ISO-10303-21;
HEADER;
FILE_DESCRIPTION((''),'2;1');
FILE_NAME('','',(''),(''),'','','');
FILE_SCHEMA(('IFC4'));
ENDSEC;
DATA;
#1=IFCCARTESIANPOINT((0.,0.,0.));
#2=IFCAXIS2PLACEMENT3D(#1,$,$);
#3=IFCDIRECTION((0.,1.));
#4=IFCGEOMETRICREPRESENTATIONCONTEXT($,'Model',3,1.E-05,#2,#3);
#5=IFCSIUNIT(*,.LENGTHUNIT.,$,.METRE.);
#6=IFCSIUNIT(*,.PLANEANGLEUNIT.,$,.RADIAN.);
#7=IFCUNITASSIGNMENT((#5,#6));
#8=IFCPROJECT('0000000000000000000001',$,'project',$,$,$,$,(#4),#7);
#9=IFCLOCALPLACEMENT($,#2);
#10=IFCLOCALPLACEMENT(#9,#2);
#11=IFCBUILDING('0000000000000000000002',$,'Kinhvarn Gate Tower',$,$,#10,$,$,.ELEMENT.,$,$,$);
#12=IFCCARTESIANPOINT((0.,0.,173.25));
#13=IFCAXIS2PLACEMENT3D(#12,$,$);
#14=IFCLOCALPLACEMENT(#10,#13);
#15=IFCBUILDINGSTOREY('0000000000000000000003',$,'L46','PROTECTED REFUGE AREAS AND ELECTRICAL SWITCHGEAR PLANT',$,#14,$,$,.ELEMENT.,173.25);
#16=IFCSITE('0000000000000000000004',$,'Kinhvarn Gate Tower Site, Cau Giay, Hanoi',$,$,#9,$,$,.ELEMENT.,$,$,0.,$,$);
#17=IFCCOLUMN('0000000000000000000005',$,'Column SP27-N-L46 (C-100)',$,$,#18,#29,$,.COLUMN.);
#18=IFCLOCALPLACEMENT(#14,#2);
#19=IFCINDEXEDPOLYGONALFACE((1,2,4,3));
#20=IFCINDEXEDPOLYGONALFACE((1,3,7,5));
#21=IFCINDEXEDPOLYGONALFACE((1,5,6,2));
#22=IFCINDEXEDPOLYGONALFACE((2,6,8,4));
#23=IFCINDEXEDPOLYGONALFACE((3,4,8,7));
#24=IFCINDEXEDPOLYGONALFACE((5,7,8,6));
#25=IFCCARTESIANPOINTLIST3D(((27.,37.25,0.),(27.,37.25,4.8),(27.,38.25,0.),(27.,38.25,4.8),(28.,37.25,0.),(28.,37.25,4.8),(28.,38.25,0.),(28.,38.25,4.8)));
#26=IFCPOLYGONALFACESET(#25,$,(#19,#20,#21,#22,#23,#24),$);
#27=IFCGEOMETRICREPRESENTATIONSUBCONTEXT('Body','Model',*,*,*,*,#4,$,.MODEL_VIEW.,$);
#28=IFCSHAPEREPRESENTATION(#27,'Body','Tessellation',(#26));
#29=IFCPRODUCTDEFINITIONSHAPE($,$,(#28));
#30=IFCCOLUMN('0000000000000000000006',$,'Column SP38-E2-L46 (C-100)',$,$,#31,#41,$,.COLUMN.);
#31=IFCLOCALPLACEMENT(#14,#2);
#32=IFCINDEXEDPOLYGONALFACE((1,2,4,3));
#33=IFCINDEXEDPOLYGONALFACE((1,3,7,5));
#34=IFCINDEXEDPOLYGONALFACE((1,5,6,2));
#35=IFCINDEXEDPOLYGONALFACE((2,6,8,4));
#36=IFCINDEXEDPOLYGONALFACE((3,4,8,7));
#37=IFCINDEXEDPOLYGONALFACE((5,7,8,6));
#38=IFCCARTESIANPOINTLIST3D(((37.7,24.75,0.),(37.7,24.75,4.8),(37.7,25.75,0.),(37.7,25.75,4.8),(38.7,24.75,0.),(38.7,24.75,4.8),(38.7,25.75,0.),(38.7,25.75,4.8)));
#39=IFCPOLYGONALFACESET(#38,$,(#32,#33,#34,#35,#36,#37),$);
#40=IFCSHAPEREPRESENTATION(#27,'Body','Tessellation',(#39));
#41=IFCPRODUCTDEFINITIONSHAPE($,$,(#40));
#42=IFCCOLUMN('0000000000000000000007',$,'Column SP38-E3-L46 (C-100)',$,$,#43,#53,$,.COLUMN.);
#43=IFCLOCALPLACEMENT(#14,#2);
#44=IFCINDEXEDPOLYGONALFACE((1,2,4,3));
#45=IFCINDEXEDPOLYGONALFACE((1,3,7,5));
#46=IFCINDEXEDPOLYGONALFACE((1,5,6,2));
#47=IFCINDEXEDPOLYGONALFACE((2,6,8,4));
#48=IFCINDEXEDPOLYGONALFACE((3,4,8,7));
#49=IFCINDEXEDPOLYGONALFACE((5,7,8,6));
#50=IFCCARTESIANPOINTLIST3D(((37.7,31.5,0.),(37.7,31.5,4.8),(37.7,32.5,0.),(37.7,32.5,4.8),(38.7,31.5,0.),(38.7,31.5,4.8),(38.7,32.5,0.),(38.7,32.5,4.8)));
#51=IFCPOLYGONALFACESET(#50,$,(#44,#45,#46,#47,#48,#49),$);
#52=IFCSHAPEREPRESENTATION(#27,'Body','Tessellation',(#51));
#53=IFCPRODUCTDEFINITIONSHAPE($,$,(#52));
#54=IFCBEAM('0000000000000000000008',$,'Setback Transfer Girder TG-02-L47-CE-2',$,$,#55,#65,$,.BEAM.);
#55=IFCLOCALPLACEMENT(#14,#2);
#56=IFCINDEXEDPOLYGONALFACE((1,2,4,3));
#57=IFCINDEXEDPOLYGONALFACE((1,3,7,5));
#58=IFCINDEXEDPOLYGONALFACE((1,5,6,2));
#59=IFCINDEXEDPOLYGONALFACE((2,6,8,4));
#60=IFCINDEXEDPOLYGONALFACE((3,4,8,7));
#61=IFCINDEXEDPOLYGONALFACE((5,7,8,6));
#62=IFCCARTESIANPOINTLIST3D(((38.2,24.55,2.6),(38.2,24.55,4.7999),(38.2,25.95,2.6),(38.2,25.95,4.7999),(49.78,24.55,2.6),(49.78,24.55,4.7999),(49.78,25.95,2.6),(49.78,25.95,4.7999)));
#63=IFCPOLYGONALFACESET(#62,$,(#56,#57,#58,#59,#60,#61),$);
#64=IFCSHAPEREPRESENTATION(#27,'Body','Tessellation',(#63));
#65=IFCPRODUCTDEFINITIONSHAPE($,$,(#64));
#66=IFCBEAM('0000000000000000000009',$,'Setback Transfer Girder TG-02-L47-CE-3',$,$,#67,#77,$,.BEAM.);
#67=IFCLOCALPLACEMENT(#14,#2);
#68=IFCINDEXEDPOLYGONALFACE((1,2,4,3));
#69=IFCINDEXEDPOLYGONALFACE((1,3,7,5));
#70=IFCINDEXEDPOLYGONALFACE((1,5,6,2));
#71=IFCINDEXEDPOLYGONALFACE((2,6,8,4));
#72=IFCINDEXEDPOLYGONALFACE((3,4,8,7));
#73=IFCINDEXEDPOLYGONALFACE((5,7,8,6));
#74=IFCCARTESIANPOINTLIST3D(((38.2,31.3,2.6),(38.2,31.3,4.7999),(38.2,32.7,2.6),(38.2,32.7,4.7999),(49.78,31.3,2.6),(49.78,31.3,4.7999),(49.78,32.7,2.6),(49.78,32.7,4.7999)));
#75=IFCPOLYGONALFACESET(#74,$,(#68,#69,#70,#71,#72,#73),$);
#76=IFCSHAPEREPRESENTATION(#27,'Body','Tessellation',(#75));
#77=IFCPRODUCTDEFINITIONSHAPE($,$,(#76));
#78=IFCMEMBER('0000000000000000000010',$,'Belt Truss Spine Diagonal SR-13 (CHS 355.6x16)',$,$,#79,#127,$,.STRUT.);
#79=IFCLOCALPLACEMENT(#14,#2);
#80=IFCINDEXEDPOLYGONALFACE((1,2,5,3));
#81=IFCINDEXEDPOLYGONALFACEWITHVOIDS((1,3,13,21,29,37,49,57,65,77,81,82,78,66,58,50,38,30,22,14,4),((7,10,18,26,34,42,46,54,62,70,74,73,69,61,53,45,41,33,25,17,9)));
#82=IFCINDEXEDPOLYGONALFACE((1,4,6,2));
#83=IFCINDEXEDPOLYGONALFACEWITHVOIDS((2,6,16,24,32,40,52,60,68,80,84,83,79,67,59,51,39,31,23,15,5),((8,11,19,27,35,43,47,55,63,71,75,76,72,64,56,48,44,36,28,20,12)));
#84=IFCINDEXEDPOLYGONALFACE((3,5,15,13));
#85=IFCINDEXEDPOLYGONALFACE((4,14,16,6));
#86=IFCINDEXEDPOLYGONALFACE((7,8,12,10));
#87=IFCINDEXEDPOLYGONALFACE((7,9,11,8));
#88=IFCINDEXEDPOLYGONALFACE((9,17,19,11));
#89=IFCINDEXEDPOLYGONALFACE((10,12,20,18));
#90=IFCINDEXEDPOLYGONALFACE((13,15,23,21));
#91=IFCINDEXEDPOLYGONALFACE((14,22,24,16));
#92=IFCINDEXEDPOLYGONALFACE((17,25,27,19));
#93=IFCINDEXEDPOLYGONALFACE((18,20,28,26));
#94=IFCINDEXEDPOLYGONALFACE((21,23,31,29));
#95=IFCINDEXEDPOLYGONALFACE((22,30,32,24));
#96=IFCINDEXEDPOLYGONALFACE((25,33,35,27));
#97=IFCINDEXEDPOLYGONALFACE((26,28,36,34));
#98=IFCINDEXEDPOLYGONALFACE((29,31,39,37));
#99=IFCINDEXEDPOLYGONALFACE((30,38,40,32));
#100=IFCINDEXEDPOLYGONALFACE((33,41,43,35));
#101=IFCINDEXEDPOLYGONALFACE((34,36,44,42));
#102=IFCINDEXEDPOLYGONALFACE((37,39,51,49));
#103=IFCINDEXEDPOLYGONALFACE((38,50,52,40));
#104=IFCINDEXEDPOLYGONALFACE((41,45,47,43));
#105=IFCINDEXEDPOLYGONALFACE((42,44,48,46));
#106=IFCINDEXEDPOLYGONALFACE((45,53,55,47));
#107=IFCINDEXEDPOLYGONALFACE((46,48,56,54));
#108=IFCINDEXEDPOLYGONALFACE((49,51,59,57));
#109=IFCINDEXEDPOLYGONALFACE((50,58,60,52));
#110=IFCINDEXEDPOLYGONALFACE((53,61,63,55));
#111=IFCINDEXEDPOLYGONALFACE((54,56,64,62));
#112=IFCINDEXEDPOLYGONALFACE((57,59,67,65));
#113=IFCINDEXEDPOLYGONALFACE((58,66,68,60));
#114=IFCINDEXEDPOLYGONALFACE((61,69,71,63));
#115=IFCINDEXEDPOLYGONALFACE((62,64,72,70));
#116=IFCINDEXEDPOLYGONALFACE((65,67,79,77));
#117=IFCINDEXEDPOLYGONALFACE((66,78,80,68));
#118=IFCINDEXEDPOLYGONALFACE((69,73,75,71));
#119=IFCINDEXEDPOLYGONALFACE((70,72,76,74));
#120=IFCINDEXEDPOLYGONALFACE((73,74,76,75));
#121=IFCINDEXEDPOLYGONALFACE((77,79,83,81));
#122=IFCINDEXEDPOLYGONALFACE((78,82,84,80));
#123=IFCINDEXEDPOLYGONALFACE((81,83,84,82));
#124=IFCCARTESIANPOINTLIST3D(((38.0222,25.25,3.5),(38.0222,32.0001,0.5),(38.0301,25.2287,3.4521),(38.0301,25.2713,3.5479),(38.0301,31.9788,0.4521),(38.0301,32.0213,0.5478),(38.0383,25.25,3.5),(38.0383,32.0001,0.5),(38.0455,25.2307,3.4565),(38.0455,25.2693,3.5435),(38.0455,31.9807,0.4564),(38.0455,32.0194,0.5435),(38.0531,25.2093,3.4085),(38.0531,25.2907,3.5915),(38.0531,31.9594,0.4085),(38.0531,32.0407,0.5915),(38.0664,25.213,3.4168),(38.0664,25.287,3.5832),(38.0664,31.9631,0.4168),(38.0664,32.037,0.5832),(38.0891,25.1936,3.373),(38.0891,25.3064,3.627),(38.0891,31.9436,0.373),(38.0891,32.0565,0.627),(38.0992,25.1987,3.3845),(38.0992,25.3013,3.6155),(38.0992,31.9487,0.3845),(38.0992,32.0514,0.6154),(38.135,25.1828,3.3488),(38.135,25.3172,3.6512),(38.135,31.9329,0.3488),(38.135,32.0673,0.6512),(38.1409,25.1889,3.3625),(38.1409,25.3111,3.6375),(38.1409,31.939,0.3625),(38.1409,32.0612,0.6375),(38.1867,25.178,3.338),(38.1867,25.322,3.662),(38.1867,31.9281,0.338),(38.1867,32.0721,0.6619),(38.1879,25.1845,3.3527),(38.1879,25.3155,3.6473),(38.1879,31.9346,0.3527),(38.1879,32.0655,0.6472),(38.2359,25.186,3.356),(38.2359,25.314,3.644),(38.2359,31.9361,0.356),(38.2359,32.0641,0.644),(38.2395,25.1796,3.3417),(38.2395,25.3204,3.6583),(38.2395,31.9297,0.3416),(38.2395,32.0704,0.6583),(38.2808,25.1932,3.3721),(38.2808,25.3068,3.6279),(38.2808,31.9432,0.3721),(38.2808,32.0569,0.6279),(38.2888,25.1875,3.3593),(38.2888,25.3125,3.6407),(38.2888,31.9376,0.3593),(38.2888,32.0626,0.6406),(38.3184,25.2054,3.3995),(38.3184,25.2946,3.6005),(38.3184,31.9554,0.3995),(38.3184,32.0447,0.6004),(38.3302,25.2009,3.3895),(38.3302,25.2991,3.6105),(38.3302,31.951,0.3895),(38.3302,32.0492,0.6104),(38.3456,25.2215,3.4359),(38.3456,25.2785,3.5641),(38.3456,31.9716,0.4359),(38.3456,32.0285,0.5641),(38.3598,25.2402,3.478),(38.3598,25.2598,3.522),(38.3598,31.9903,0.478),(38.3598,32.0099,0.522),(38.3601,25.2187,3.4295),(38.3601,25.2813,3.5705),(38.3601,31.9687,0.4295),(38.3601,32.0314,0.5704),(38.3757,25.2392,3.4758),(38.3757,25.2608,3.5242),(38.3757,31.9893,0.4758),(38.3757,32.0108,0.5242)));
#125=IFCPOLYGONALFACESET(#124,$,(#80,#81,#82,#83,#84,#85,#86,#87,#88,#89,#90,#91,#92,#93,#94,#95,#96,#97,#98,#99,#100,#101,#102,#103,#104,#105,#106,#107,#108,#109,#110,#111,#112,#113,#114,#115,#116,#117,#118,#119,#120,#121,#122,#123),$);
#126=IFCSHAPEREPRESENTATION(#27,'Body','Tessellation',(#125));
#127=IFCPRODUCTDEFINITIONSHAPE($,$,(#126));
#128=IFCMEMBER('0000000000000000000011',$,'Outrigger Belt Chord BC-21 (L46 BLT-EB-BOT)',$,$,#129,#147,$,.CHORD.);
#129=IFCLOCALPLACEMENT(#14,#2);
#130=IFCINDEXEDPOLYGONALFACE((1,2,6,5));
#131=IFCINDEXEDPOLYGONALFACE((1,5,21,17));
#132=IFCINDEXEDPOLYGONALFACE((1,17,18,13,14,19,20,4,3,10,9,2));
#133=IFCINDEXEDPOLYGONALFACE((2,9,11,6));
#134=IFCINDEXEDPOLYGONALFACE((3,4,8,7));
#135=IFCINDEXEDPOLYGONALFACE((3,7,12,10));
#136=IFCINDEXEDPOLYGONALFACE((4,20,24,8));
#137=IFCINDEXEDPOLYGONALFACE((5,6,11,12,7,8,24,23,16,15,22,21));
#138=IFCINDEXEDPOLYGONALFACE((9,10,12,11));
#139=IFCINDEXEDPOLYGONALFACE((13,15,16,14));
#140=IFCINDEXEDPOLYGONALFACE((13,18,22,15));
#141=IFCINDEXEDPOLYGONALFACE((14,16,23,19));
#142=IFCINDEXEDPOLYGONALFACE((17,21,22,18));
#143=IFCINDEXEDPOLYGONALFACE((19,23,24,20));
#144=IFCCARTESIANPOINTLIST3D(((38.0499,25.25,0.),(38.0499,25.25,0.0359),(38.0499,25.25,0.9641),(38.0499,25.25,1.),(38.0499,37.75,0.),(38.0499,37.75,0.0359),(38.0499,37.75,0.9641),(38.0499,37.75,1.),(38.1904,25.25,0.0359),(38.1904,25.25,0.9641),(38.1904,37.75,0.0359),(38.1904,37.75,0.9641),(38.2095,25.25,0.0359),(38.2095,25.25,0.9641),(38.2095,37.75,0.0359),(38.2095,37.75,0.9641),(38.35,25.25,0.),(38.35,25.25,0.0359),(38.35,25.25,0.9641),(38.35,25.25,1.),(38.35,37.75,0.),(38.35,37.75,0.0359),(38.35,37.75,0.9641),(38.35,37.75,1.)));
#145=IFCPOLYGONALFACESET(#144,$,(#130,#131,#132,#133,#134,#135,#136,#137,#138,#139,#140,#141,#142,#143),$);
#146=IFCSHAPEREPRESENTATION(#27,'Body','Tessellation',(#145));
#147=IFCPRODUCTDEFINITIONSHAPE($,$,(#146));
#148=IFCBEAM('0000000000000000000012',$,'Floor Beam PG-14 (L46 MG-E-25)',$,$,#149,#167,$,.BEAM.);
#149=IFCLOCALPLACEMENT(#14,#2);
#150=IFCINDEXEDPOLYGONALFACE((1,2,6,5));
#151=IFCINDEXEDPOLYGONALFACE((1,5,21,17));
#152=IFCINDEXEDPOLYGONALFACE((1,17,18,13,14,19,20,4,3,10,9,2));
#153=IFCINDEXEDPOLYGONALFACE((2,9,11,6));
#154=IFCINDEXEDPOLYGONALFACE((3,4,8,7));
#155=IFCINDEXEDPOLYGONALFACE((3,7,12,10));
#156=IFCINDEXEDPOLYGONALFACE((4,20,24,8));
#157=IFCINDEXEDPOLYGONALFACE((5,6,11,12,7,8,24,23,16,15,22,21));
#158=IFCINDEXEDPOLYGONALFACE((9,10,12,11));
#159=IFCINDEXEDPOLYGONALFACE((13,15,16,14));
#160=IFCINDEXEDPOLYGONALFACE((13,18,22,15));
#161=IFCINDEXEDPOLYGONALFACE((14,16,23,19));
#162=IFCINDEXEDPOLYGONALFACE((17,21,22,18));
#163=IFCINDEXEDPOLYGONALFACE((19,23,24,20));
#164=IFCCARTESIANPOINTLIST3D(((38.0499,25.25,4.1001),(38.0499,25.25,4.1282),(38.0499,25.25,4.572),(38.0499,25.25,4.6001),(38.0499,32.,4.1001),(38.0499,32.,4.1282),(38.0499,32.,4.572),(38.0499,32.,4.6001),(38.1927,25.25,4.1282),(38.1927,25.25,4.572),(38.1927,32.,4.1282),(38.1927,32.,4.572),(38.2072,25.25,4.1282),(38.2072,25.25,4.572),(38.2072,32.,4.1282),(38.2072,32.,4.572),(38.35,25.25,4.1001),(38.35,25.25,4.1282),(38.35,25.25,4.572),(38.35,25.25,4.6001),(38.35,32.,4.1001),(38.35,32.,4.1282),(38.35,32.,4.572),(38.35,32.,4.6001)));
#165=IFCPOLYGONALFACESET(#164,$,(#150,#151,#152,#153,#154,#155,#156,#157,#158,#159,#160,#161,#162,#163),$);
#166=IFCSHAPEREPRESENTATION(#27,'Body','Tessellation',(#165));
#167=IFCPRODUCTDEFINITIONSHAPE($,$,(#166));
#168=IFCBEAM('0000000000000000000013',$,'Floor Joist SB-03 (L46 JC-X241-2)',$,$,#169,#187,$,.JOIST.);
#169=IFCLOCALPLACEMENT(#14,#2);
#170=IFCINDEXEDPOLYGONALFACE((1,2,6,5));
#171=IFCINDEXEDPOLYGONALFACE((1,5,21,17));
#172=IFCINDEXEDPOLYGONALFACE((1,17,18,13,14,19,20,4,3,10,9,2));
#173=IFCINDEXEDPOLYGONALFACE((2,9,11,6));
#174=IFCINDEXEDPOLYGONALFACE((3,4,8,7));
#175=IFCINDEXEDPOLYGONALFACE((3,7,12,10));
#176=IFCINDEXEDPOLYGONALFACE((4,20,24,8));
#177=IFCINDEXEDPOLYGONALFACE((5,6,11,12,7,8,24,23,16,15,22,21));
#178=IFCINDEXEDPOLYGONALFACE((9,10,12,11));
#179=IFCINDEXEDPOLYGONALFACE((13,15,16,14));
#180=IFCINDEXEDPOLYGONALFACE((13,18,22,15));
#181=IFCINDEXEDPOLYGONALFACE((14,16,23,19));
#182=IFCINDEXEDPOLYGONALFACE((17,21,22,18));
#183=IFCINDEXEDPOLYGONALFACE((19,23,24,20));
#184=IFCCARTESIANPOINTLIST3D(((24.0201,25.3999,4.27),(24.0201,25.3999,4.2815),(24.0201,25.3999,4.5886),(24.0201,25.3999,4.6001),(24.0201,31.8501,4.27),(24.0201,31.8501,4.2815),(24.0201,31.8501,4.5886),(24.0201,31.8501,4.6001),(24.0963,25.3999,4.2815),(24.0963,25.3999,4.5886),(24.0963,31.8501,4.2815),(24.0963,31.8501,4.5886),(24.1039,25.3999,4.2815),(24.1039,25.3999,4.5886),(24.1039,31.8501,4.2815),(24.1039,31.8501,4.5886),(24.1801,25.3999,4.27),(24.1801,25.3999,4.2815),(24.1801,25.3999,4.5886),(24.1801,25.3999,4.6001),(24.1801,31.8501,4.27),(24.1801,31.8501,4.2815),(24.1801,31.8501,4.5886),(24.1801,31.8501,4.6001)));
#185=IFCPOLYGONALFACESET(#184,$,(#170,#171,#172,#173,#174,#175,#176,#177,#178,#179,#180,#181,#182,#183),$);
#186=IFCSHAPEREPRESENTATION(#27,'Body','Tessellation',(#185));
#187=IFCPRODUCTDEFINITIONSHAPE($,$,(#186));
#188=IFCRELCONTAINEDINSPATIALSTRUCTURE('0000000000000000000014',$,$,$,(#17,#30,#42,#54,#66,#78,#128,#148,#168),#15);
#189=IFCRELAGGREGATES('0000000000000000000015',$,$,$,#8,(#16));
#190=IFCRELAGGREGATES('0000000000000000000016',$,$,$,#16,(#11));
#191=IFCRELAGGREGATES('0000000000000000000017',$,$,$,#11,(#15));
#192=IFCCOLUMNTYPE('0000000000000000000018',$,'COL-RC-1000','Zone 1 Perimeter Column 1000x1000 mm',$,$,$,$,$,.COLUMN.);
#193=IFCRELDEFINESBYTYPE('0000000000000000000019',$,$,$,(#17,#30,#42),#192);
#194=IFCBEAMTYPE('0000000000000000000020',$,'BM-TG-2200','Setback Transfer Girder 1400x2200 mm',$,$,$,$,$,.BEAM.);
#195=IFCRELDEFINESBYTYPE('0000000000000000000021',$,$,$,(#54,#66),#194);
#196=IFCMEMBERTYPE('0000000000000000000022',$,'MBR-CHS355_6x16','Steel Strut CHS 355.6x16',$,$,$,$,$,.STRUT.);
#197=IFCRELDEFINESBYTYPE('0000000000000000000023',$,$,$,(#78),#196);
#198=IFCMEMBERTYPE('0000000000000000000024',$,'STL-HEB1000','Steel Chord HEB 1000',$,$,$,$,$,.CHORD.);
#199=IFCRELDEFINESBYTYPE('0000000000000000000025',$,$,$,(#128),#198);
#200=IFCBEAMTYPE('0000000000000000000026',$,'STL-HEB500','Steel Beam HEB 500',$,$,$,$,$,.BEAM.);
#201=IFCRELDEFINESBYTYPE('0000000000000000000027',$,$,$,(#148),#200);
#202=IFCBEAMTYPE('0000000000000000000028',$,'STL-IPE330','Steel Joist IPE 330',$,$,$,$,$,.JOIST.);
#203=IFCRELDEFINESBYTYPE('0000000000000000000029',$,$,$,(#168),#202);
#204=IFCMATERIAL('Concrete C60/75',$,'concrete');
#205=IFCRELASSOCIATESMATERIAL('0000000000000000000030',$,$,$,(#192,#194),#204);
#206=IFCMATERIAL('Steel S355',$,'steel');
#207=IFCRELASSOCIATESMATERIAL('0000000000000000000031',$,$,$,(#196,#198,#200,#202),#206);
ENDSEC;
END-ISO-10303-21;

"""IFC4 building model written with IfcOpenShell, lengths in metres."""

from ifc_helpers import new_model, si_unit, direction, frame, origin, origin_2d, place, context, subcontext, project, spatial, rectangle, hollow_circle, i_section, extrude, material, material_profile, profile_set, type_object, element, save


model = new_model("IFC4")

# Units and contexts
model_context = context("Model", 3, precision=1e-05, world=origin(), true_north=direction((0.0, 1.0)))
body_context = subcontext(model_context, "Body", "Model", "MODEL_VIEW")
ifc_project = project(units=[si_unit("LENGTHUNIT", "METRE"), si_unit("PLANEANGLEUNIT", "RADIAN")], contexts=[model_context])

# Site, building, storey
site_placement = place(None, origin())
site = spatial("IfcSite", under=ifc_project, at=site_placement, Name="Kinhvarn Gate Tower Site, Cau Giay, Hanoi", CompositionType="ELEMENT", RefElevation=0.0)
building_placement = place(site_placement, origin())
building = spatial("IfcBuilding", under=site, at=building_placement, Name="Kinhvarn Gate Tower", CompositionType="ELEMENT")
storey_placement = place(building_placement, frame((0.0, 0.0, 173.25)))
storey = spatial("IfcBuildingStorey", under=building, at=storey_placement, Name="L46", Description="PROTECTED REFUGE AREAS AND ELECTRICAL SWITCHGEAR PLANT", CompositionType="ELEMENT", Elevation=173.25)

# Columns
ifc_material_1 = material(Name="Concrete C60/75", Category="concrete")
ifc_material_profile_1 = material_profile(ifc_material_1, rectangle(XDim=1.0, YDim=1.0, at=origin_2d()), Name="RC 1000x1000")
ifc_profile_set_1 = profile_set([ifc_material_profile_1], Name="Concrete C60/75")
column_type = type_object("IfcColumnType", Name="COL-RC-1000", Description="Zone 1 Perimeter Column 1000x1000 mm", PredefinedType="COLUMN", material=ifc_profile_set_1)
for number, where, z_axis, x_axis, name in (
    (1, (27.5, 37.75, 0.0), (0.0, 0.0, 1.0), (1.0, 0.0, 0.0), "Column SP27-N-L46 (C-100)"),
    (2, (38.2, 25.25, 0.0), (0.0, 0.0, 1.0), (1.0, 0.0, 0.0), "Column SP38-E2-L46 (C-100)"),
    (3, (38.2, 32.0, 0.0), (0.0, 0.0, 1.0), (1.0, 0.0, 0.0), "Column SP38-E3-L46 (C-100)"),
):
    element("IfcColumn", number, at=place(storey_placement, frame(where, z_axis=z_axis, x_axis=x_axis)), inside=storey, type_object=column_type, Name=name, PredefinedType="COLUMN", context=body_context, shape_type="SweptSolid", body=[
        extrude(rectangle(XDim=1.0, YDim=1.0, at=origin_2d()), origin(), (0.0, 0.0, 1.0), 4.8),
    ])

# Beams
ifc_material_profile_2 = material_profile(ifc_material_1, rectangle(XDim=1.3999, YDim=2.2, at=origin_2d()), Name="RC 1400x2200")
ifc_profile_set_2 = profile_set([ifc_material_profile_2], Name="Concrete C60/75")
beam_type_1 = type_object("IfcBeamType", Name="BM-TG-2200", Description="Setback Transfer Girder 1400x2200 mm", PredefinedType="BEAM", material=ifc_profile_set_2)
for number, where, z_axis, x_axis, name in (
    (4, (38.2, 25.25, 3.7), (1.0, 0.0, 0.0), (0.0, 1.0, 0.0), "Setback Transfer Girder TG-02-L47-CE-2"),
    (5, (38.2, 32.0, 3.7), (1.0, 0.0, 0.0), (0.0, 1.0, 0.0), "Setback Transfer Girder TG-02-L47-CE-3"),
):
    element("IfcBeam", number, at=place(storey_placement, frame(where, z_axis=z_axis, x_axis=x_axis)), inside=storey, type_object=beam_type_1, Name=name, PredefinedType="BEAM", context=body_context, shape_type="SweptSolid", body=[
        extrude(rectangle(XDim=1.3999, YDim=2.2, at=origin_2d()), origin(), (0.0, 0.0, 1.0), 11.5801),
    ])

# Members
ifc_material_2 = material(Name="Steel S355", Category="steel")
ifc_material_profile_3 = material_profile(ifc_material_2, hollow_circle(Radius=0.1777, WallThickness=0.0161, at=origin_2d()), Name="CHS 355.6x16")
ifc_profile_set_3 = profile_set([ifc_material_profile_3], Name="Steel S355")
member_type_1 = type_object("IfcMemberType", Name="MBR-CHS355_6x16", Description="Steel Strut CHS 355.6x16", PredefinedType="STRUT", material=ifc_profile_set_3)
member_1_placement = place(storey_placement, frame((38.2, 25.25, 3.5), z_axis=(0.0, 0.913812, -0.406138), x_axis=(-1.0, 0.0, 0.0)))
element("IfcMember", 6, at=member_1_placement, inside=storey, type_object=member_type_1, Name="Belt Truss Spine Diagonal SR-13 (CHS 355.6x16)", PredefinedType="STRUT", context=body_context, shape_type="SweptSolid", body=[
    extrude(hollow_circle(Radius=0.1777, WallThickness=0.0161, at=origin_2d()), origin(), (0.0, 0.0, 1.0), 7.3867),
])
ifc_material_profile_4 = material_profile(ifc_material_2, i_section(OverallWidth=0.3, OverallDepth=1.0, WebThickness=0.019, FlangeThickness=0.0359, at=origin_2d()), Name="HEB 1000")
ifc_profile_set_4 = profile_set([ifc_material_profile_4], Name="Steel S355")
member_type_2 = type_object("IfcMemberType", Name="STL-HEB1000", Description="Steel Chord HEB 1000", PredefinedType="CHORD", material=ifc_profile_set_4)
member_2_placement = place(storey_placement, frame((38.2, 25.25, 0.5), z_axis=(0.0, 1.0, 0.0), x_axis=(-1.0, 0.0, 0.0)))
element("IfcMember", 7, at=member_2_placement, inside=storey, type_object=member_type_2, Name="Outrigger Belt Chord BC-21 (L46 BLT-EB-BOT)", PredefinedType="CHORD", context=body_context, shape_type="SweptSolid", body=[
    extrude(i_section(OverallWidth=0.3, OverallDepth=1.0, WebThickness=0.019, FlangeThickness=0.0359, at=origin_2d()), origin(), (0.0, 0.0, 1.0), 12.5),
])

# Beams
ifc_material_profile_5 = material_profile(ifc_material_2, i_section(OverallWidth=0.3, OverallDepth=0.5, WebThickness=0.0144, FlangeThickness=0.0281, at=origin_2d()), Name="HEB 500")
ifc_profile_set_5 = profile_set([ifc_material_profile_5], Name="Steel S355")
beam_type_2 = type_object("IfcBeamType", Name="STL-HEB500", Description="Steel Beam HEB 500", PredefinedType="BEAM", material=ifc_profile_set_5)
beam_1_placement = place(storey_placement, frame((38.2, 25.25, 4.3501), z_axis=(0.0, 1.0, 0.0), x_axis=(-1.0, 0.0, 0.0)))
element("IfcBeam", 8, at=beam_1_placement, inside=storey, type_object=beam_type_2, Name="Floor Beam PG-14 (L46 MG-E-25)", PredefinedType="BEAM", context=body_context, shape_type="SweptSolid", body=[
    extrude(i_section(OverallWidth=0.3, OverallDepth=0.5, WebThickness=0.0144, FlangeThickness=0.0281, at=origin_2d()), origin(), (0.0, 0.0, 1.0), 6.75),
])
ifc_material_profile_6 = material_profile(ifc_material_2, i_section(OverallWidth=0.1599, OverallDepth=0.3301, WebThickness=0.0076, FlangeThickness=0.0115, at=origin_2d()), Name="IPE 330")
ifc_profile_set_6 = profile_set([ifc_material_profile_6], Name="Steel S355")
beam_type_3 = type_object("IfcBeamType", Name="STL-IPE330", Description="Steel Joist IPE 330", PredefinedType="JOIST", material=ifc_profile_set_6)
beam_2_placement = place(storey_placement, frame((24.1001, 25.3999, 4.4351), z_axis=(0.0, 1.0, 0.0), x_axis=(-1.0, 0.0, 0.0)))
element("IfcBeam", 9, at=beam_2_placement, inside=storey, type_object=beam_type_3, Name="Floor Joist SB-03 (L46 JC-X241-2)", PredefinedType="JOIST", context=body_context, shape_type="SweptSolid", body=[
    extrude(i_section(OverallWidth=0.1599, OverallDepth=0.3301, WebThickness=0.0076, FlangeThickness=0.0115, at=origin_2d()), origin(), (0.0, 0.0, 1.0), 6.4502),
])

save(model, "model.ifc")
